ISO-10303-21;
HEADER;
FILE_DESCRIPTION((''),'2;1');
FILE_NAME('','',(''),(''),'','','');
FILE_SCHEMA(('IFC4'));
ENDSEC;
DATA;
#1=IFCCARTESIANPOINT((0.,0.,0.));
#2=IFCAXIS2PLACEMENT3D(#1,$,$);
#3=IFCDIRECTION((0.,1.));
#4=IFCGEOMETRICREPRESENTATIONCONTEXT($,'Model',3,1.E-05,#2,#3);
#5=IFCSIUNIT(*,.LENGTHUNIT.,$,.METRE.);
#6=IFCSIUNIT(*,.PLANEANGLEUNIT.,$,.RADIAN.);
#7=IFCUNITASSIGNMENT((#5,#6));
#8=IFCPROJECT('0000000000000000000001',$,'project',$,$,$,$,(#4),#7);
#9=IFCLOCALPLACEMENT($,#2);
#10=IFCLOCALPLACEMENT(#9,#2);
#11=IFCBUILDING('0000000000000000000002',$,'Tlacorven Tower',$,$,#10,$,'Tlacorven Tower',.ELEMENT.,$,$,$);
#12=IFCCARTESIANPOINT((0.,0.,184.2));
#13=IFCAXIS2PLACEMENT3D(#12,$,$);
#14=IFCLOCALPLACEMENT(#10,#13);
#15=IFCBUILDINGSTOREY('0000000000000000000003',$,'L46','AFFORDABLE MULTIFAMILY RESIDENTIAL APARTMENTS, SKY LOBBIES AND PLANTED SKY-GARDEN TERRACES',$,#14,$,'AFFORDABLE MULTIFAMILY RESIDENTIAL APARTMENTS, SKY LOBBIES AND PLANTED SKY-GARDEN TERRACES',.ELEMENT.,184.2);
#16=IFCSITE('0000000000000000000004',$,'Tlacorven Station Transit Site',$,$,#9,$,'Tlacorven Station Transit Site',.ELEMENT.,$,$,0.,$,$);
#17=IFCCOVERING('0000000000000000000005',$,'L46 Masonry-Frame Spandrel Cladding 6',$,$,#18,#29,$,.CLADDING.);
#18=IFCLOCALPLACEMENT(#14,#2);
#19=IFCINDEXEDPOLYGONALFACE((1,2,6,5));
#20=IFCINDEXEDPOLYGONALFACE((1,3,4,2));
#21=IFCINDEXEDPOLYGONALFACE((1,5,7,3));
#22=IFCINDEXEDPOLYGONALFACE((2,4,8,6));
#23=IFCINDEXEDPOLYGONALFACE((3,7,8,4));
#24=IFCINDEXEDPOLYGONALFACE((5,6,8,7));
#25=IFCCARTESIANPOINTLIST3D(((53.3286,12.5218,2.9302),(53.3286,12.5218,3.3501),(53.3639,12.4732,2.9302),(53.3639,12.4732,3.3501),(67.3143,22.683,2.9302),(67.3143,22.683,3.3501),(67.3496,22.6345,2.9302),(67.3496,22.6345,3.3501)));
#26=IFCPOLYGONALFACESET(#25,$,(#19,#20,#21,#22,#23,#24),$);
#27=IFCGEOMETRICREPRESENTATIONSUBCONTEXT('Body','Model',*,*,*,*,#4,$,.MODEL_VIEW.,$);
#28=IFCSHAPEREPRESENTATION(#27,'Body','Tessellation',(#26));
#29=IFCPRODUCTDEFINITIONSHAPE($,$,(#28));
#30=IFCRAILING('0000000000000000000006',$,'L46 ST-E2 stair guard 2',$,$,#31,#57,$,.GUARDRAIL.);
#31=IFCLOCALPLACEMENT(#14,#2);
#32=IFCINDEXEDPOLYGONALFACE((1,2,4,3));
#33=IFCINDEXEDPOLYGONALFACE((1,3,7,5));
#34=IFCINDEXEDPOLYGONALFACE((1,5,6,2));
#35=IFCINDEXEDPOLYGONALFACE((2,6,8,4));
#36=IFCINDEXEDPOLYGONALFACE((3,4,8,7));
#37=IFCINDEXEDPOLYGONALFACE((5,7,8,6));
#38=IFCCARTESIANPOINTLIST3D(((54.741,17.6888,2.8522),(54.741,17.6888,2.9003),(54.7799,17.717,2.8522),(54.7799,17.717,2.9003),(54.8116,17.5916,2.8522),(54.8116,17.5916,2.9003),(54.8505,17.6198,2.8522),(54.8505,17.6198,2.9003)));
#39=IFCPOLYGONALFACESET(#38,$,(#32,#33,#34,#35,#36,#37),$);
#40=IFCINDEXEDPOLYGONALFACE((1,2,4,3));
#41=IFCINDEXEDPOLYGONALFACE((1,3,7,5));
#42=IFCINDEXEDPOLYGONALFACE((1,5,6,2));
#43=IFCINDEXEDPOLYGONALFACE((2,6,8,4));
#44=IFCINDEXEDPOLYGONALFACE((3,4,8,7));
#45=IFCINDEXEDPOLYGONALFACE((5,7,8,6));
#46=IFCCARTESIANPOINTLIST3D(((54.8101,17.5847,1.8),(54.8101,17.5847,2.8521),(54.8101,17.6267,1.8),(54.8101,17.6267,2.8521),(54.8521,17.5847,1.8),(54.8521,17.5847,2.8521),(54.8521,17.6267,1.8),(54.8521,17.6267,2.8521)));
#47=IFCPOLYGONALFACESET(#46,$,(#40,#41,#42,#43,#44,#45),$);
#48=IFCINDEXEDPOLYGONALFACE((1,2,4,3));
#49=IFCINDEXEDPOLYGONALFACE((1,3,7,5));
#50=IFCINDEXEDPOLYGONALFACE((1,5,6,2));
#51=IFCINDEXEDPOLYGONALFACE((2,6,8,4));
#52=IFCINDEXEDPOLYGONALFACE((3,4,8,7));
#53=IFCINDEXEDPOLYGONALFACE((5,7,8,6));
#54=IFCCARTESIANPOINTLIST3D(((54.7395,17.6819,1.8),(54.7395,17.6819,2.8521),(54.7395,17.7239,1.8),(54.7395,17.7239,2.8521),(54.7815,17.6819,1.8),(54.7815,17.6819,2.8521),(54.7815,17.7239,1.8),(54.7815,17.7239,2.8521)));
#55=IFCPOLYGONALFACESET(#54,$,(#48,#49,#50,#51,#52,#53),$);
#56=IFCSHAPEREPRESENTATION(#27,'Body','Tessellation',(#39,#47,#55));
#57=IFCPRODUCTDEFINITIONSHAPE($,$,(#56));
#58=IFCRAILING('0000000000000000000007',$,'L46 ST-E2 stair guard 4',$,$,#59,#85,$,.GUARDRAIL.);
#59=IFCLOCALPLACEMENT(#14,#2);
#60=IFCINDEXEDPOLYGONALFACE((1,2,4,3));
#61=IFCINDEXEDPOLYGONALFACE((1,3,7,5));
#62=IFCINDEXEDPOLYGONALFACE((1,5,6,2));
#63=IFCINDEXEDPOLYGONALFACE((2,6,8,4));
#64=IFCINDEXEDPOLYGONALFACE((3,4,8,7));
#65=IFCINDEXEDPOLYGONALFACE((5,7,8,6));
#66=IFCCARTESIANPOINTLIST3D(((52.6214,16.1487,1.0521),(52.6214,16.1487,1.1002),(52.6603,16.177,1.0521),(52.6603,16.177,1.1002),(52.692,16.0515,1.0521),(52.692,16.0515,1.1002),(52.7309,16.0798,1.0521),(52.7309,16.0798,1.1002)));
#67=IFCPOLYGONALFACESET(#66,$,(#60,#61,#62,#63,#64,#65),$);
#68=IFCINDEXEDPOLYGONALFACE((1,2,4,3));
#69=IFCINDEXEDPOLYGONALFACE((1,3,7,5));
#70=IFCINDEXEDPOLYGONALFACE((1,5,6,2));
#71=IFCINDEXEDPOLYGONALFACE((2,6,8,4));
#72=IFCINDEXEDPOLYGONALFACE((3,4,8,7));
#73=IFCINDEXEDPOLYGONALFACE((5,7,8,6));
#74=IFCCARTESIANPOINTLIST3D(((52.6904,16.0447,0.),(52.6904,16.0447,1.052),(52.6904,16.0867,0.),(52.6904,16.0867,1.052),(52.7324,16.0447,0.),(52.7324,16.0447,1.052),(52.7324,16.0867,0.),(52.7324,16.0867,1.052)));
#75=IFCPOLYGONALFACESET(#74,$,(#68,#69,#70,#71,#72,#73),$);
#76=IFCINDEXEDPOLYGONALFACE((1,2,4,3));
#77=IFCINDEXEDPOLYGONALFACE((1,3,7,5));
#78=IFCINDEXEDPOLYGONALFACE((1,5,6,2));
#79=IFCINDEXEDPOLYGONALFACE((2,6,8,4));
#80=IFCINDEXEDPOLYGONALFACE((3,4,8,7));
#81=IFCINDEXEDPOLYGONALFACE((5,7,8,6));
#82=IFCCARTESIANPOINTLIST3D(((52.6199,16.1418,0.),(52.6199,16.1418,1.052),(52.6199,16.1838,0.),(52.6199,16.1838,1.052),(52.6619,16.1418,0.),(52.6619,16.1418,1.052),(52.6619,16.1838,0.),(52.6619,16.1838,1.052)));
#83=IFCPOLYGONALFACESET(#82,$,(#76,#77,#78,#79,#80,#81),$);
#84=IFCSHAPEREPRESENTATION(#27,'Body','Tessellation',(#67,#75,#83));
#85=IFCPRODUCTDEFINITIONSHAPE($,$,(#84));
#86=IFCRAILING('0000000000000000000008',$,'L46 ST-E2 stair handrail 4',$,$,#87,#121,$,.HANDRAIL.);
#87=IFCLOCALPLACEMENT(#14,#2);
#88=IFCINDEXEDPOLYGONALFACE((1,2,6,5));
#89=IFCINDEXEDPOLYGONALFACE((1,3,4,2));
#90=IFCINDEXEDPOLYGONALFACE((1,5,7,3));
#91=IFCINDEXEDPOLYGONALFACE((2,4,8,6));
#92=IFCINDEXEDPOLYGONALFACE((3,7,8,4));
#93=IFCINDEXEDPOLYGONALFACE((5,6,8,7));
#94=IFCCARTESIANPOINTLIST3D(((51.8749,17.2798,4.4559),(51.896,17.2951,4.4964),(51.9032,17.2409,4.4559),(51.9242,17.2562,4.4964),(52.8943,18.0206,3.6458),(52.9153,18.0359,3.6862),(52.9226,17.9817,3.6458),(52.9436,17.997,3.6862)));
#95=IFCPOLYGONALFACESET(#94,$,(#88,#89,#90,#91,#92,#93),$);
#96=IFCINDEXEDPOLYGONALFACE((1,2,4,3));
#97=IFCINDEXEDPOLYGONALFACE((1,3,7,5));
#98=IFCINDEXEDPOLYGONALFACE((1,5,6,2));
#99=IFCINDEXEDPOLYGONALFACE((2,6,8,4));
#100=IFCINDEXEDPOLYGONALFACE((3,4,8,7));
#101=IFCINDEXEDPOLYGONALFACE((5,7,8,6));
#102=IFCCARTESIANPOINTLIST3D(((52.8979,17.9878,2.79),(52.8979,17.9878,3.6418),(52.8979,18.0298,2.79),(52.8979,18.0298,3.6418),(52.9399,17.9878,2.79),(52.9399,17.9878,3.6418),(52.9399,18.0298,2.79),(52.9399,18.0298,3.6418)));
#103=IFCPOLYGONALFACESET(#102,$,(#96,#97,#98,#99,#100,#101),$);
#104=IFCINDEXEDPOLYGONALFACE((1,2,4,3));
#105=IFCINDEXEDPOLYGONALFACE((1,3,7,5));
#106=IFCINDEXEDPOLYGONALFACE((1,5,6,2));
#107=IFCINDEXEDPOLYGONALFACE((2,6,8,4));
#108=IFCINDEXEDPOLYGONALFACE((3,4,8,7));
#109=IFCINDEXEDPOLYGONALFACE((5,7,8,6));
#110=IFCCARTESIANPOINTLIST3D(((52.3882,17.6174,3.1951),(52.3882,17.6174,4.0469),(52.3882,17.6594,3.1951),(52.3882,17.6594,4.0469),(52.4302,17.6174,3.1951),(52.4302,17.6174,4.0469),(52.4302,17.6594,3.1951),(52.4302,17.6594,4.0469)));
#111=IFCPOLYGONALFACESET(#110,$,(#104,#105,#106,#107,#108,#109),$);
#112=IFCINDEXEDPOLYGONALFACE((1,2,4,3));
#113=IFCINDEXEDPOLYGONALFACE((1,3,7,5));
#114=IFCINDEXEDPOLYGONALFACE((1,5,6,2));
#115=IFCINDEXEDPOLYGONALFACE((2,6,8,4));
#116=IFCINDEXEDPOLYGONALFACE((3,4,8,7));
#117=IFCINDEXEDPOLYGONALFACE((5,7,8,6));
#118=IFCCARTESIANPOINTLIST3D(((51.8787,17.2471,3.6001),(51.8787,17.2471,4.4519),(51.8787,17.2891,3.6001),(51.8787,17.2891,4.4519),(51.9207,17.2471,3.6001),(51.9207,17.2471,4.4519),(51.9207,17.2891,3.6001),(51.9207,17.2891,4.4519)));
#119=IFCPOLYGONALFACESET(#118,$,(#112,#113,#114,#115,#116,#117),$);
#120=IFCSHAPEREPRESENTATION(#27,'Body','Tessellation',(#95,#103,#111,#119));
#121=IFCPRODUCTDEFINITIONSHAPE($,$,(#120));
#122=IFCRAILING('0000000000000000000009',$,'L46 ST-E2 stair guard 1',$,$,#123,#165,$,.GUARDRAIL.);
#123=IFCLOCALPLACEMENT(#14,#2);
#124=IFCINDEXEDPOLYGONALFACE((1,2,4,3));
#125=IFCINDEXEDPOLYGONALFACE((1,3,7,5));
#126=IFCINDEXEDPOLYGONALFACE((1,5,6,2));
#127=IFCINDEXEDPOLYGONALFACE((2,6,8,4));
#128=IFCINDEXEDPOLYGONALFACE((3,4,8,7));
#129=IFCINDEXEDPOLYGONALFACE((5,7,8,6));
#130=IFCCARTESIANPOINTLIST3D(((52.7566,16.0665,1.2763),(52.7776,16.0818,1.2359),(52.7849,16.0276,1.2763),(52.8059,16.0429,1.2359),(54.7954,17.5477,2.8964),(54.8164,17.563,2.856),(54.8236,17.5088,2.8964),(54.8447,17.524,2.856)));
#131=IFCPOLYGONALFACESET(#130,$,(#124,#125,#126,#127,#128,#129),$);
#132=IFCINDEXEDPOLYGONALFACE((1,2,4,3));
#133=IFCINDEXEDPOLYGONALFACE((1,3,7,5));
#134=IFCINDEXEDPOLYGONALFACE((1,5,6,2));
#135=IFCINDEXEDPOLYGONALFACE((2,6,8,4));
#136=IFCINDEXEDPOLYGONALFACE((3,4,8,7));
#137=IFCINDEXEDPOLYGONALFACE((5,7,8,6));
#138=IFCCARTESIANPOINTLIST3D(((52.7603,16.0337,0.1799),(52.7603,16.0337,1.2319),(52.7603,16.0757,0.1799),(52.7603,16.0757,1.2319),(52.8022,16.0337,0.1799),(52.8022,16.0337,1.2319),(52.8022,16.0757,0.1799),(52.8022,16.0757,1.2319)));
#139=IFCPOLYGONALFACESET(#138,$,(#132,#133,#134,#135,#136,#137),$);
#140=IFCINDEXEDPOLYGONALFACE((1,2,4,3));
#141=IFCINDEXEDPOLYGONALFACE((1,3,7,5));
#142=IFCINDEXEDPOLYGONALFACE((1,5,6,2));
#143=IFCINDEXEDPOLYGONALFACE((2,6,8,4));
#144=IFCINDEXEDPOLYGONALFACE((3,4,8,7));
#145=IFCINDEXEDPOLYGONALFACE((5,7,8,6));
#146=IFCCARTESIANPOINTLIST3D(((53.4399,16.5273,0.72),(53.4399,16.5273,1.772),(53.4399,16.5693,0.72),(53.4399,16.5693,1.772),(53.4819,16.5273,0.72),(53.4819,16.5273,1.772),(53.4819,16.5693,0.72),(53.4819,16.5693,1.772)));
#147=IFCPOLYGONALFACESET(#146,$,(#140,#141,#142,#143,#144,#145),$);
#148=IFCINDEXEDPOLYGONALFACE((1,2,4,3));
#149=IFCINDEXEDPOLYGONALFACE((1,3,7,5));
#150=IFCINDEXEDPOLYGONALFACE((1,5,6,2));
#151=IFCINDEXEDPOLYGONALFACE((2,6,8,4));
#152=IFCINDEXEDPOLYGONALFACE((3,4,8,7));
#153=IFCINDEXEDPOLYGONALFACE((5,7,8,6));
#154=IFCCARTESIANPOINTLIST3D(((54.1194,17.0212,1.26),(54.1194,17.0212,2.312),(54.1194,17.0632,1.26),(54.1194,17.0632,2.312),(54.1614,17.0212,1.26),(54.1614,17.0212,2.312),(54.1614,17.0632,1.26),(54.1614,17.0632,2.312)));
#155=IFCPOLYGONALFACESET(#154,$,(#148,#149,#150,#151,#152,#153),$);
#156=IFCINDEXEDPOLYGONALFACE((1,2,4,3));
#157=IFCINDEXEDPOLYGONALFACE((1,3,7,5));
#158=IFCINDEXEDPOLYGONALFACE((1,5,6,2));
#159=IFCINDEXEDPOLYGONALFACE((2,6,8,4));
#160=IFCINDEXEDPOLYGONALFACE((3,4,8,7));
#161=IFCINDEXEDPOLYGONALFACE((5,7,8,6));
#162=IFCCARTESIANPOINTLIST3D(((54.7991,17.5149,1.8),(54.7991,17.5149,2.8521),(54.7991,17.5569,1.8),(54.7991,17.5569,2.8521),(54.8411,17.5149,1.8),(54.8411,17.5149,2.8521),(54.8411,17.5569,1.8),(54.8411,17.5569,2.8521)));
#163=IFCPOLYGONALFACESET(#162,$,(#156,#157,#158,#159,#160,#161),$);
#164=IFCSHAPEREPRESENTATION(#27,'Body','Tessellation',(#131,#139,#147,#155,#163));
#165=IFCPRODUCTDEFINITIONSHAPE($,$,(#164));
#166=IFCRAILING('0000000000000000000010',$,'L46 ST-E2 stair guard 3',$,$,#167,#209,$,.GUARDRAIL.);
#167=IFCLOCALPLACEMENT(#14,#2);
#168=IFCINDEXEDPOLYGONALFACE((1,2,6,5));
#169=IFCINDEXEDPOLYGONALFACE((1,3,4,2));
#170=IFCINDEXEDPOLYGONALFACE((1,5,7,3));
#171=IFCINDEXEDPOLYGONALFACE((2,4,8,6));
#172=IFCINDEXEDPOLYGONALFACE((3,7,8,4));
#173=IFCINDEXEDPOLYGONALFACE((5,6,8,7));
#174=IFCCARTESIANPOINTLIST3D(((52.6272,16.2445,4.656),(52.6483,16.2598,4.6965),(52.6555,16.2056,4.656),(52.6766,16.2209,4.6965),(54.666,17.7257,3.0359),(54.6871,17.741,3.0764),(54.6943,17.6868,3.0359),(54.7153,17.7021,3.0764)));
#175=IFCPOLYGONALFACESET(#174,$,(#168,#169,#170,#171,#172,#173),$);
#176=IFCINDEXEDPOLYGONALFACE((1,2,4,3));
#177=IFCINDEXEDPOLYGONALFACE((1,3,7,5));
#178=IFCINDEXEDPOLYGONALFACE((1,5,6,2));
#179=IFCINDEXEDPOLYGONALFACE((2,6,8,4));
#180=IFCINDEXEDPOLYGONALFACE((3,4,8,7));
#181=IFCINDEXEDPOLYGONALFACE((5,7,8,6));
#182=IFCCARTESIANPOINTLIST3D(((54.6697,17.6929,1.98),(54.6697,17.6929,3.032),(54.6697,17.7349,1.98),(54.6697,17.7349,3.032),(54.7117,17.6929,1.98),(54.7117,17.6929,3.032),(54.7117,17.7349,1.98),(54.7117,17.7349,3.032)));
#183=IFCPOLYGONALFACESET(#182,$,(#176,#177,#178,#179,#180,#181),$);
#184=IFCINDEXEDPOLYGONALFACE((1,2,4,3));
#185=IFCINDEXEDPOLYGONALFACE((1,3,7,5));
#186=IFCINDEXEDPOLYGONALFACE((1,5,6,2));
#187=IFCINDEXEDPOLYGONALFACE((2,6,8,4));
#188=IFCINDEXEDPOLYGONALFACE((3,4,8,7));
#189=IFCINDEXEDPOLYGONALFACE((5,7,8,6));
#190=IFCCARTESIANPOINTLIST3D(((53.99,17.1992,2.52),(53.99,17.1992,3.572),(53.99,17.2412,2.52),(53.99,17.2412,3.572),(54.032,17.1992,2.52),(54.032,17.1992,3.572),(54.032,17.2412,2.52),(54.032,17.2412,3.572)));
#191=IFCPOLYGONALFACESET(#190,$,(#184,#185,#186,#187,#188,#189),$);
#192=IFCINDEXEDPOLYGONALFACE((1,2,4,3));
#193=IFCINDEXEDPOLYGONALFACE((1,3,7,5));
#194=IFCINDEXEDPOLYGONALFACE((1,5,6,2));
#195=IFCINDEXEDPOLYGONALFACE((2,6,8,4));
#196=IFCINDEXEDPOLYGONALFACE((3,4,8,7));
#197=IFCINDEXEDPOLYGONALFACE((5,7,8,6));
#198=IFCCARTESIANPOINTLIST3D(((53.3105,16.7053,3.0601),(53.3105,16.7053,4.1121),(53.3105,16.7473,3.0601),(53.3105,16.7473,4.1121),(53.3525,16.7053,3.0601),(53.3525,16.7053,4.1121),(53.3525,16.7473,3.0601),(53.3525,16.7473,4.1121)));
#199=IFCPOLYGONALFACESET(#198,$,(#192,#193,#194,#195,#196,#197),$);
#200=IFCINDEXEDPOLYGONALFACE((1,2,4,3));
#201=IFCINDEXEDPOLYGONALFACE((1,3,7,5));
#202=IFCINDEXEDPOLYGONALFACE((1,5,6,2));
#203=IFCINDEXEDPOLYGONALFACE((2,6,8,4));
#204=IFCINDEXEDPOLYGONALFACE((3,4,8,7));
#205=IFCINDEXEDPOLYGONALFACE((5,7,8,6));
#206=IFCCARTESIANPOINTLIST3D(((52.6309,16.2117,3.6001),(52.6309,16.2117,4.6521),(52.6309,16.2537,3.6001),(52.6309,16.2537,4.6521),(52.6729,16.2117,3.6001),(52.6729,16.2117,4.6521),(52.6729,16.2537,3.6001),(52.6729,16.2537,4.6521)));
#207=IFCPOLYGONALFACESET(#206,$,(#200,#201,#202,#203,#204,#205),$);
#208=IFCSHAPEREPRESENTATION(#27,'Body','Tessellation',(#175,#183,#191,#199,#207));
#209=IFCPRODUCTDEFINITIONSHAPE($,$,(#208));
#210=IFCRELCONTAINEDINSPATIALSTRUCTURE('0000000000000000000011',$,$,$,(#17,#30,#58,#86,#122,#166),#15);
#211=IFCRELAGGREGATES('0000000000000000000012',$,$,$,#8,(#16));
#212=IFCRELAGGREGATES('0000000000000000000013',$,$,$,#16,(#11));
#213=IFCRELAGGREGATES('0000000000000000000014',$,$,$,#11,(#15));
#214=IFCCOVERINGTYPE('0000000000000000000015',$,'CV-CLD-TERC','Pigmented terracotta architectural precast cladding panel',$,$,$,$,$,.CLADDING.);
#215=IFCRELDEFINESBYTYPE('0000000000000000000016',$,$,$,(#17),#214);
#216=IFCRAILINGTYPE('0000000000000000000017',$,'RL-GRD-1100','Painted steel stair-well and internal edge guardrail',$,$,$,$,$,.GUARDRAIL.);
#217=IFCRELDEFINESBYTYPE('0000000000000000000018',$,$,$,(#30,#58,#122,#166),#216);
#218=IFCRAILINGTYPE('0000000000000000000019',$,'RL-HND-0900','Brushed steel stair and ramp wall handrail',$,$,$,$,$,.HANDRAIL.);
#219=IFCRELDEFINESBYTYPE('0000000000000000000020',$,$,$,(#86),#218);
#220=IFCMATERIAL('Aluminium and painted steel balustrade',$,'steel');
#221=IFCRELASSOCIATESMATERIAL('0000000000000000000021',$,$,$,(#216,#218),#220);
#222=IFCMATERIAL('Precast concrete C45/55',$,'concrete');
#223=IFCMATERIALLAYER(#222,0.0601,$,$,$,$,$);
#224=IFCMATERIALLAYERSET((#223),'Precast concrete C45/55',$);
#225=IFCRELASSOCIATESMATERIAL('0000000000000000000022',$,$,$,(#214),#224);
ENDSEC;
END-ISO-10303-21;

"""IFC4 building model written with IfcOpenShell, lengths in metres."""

from ifc_helpers import new_model, si_unit, direction, frame, origin, origin_2d, place, context, subcontext, project, spatial, rectangle, extrude, source, transform, mapped, material, layer, layer_set, type_object, element, save


model = new_model("IFC4")

# Units and contexts
model_context = context("Model", 3, precision=1e-05, world=origin(), true_north=direction((0.0, 1.0)))
body_context = subcontext(model_context, "Body", "Model", "MODEL_VIEW")
ifc_project = project(units=[si_unit("LENGTHUNIT", "METRE"), si_unit("PLANEANGLEUNIT", "RADIAN")], contexts=[model_context])

# Site, building, storey
site_placement = place(None, origin())
site = spatial("IfcSite", under=ifc_project, at=site_placement, Name="Tlacorven Station Transit Site", LongName="Tlacorven Station Transit Site", CompositionType="ELEMENT", RefElevation=0.0)
building_placement = place(site_placement, origin())
building = spatial("IfcBuilding", under=site, at=building_placement, Name="Tlacorven Tower", LongName="Tlacorven Tower", CompositionType="ELEMENT")
storey_placement = place(building_placement, frame((0.0, 0.0, 184.2)))
storey = spatial("IfcBuildingStorey", under=building, at=storey_placement, Name="L46", Description="AFFORDABLE MULTIFAMILY RESIDENTIAL APARTMENTS, SKY LOBBIES AND PLANTED SKY-GARDEN TERRACES", LongName="AFFORDABLE MULTIFAMILY RESIDENTIAL APARTMENTS, SKY LOBBIES AND PLANTED SKY-GARDEN TERRACES", CompositionType="ELEMENT", Elevation=184.2)

# Shared definitions
ifc_material_1 = material(Name="Aluminium and painted steel balustrade", Category="steel")
railing_type_1 = type_object("IfcRailingType", Name="RL-GRD-1100", Description="Painted steel stair-well and internal edge guardrail", PredefinedType="GUARDRAIL", material=ifc_material_1)

# Covering
ifc_material_2 = material(Name="Precast concrete C45/55", Category="concrete")
ifc_layer_1 = layer(ifc_material_2, 0.0601)
ifc_layer_set_1 = layer_set([ifc_layer_1], Name="Precast concrete C45/55")
covering_type = type_object("IfcCoveringType", Name="CV-CLD-TERC", Description="Pigmented terracotta architectural precast cladding panel", PredefinedType="CLADDING", material=ifc_layer_set_1)
shared_shape_1 = source(origin(), body_context, "Body", "SweptSolid", [
    extrude(rectangle(XDim=17.2874, YDim=0.0601, at=origin_2d()), origin(), (0.0, 0.0, 1.0), 0.4199),
])
covering_placement = place(storey_placement, frame((60.3391, 17.5781, 2.9302), z_axis=(0.0, 0.0, 1.0), x_axis=(-0.809017, -0.587785, 0.0)))
element("IfcCovering", 1, at=covering_placement, inside=storey, type_object=covering_type, Name="L46 Masonry-Frame Spandrel Cladding 6", PredefinedType="CLADDING", context=body_context, shape_type="MappedRepresentation", body=[
    mapped(shared_shape_1, transform((0.0, 0.0, 0.0), scale=1.0)),
])

# Railings
shared_shape_2 = source(origin(), body_context, "Body", "SweptSolid", [
    extrude(rectangle(XDim=0.0481, YDim=0.0481, at=origin_2d()), frame((0.0, 0.0, 1.0762), z_axis=(-0.587567, 0.809175, 0.0), x_axis=(-0.809175, -0.587567, 0.0)), (0.0, 0.0, 1.0), 0.1201),
    extrude(rectangle(XDim=0.042, YDim=0.042, at=origin_2d()), origin(), (0.0, 0.0, 1.0), 1.052),
    extrude(rectangle(XDim=0.042, YDim=0.042, at=origin_2d()), frame((-0.0706, 0.0972, 0.0)), (0.0, 0.0, 1.0), 1.052),
])
for number, where, name in (
    (2, (54.8311, 17.6057, 1.8), "L46 ST-E2 stair guard 2"),
    (3, (52.7114, 16.0657, 0.0), "L46 ST-E2 stair guard 4"),
):
    element("IfcRailing", number, at=place(storey_placement, frame(where)), inside=storey, type_object=railing_type_1, Name=name, PredefinedType="GUARDRAIL", context=body_context, shape_type="MappedRepresentation", body=[
        mapped(shared_shape_2, transform((0.0, 0.0, 0.0), scale=1.0)),
    ])
railing_type_2 = type_object("IfcRailingType", Name="RL-HND-0900", Description="Brushed steel stair and ramp wall handrail", PredefinedType="HANDRAIL", material=ifc_material_1)
shared_shape_3 = source(origin(), body_context, "Body", "SweptSolid", [
    extrude(rectangle(XDim=0.0481, YDim=0.0481, at=origin_2d()), frame((0.0, 0.0, 0.876), z_axis=(-0.680461, -0.494496, 0.540783), x_axis=(0.587872, -0.808954, 0.0)), (0.0, 0.0, 1.0), 1.498),
    extrude(rectangle(XDim=0.042, YDim=0.042, at=origin_2d()), origin(), (0.0, 0.0, 1.0), 0.8518),
    extrude(rectangle(XDim=0.042, YDim=0.042, at=origin_2d()), frame((-0.5098, -0.3704, 0.405)), (0.0, 0.0, 1.0), 0.8518),
    extrude(rectangle(XDim=0.042, YDim=0.042, at=origin_2d()), frame((-1.0193, -0.7407, 0.8101)), (0.0, 0.0, 1.0), 0.8518),
])
railing_1_placement = place(storey_placement, frame((52.9189, 18.0088, 2.79)))
element("IfcRailing", 4, at=railing_1_placement, inside=storey, type_object=railing_type_2, Name="L46 ST-E2 stair handrail 4", PredefinedType="HANDRAIL", context=body_context, shape_type="MappedRepresentation", body=[
    mapped(shared_shape_3, transform((0.0, 0.0, 0.0), scale=1.0)),
])
shared_shape_4 = source(origin(), body_context, "Body", "SweptSolid", [
    extrude(rectangle(XDim=0.0481, YDim=0.0481, at=origin_2d()), frame((0.0, 0.0, 1.0762), z_axis=(0.680532, 0.494407, 0.540775), x_axis=(-0.587763, 0.809033, 0.0)), (0.0, 0.0, 1.0), 2.9958),
    extrude(rectangle(XDim=0.042, YDim=0.042, at=origin_2d()), origin(), (0.0, 0.0, 1.0), 1.052),
    extrude(rectangle(XDim=0.042, YDim=0.042, at=origin_2d()), frame((0.6797, 0.4937, 0.54)), (0.0, 0.0, 1.0), 1.052),
    extrude(rectangle(XDim=0.042, YDim=0.042, at=origin_2d()), frame((1.3591, 0.9875, 1.0801)), (0.0, 0.0, 1.0), 1.052),
    extrude(rectangle(XDim=0.042, YDim=0.042, at=origin_2d()), frame((2.0388, 1.4812, 1.6201)), (0.0, 0.0, 1.0), 1.052),
])
railing_2_placement = place(storey_placement, frame((52.7812, 16.0547, 0.1799)))
element("IfcRailing", 5, at=railing_2_placement, inside=storey, type_object=railing_type_1, Name="L46 ST-E2 stair guard 1", PredefinedType="GUARDRAIL", context=body_context, shape_type="MappedRepresentation", body=[
    mapped(shared_shape_4, transform((0.0, 0.0, 0.0), scale=1.0)),
])
shared_shape_5 = source(origin(), body_context, "Body", "SweptSolid", [
    extrude(rectangle(XDim=0.0481, YDim=0.0481, at=origin_2d()), frame((0.0, 0.0, 1.0762), z_axis=(-0.680532, -0.494407, 0.540775), x_axis=(0.587763, -0.809033, 0.0)), (0.0, 0.0, 1.0), 2.9958),
    extrude(rectangle(XDim=0.042, YDim=0.042, at=origin_2d()), origin(), (0.0, 0.0, 1.0), 1.052),
    extrude(rectangle(XDim=0.042, YDim=0.042, at=origin_2d()), frame((-0.6797, -0.4937, 0.54)), (0.0, 0.0, 1.0), 1.052),
    extrude(rectangle(XDim=0.042, YDim=0.042, at=origin_2d()), frame((-1.3591, -0.9875, 1.0801)), (0.0, 0.0, 1.0), 1.052),
    extrude(rectangle(XDim=0.042, YDim=0.042, at=origin_2d()), frame((-2.0388, -1.4812, 1.6201)), (0.0, 0.0, 1.0), 1.052),
])
railing_3_placement = place(storey_placement, frame((54.6907, 17.7139, 1.98)))
element("IfcRailing", 6, at=railing_3_placement, inside=storey, type_object=railing_type_1, Name="L46 ST-E2 stair guard 3", PredefinedType="GUARDRAIL", context=body_context, shape_type="MappedRepresentation", body=[
    mapped(shared_shape_5, transform((0.0, 0.0, 0.0), scale=1.0)),
])

save(model, "model.ifc")
